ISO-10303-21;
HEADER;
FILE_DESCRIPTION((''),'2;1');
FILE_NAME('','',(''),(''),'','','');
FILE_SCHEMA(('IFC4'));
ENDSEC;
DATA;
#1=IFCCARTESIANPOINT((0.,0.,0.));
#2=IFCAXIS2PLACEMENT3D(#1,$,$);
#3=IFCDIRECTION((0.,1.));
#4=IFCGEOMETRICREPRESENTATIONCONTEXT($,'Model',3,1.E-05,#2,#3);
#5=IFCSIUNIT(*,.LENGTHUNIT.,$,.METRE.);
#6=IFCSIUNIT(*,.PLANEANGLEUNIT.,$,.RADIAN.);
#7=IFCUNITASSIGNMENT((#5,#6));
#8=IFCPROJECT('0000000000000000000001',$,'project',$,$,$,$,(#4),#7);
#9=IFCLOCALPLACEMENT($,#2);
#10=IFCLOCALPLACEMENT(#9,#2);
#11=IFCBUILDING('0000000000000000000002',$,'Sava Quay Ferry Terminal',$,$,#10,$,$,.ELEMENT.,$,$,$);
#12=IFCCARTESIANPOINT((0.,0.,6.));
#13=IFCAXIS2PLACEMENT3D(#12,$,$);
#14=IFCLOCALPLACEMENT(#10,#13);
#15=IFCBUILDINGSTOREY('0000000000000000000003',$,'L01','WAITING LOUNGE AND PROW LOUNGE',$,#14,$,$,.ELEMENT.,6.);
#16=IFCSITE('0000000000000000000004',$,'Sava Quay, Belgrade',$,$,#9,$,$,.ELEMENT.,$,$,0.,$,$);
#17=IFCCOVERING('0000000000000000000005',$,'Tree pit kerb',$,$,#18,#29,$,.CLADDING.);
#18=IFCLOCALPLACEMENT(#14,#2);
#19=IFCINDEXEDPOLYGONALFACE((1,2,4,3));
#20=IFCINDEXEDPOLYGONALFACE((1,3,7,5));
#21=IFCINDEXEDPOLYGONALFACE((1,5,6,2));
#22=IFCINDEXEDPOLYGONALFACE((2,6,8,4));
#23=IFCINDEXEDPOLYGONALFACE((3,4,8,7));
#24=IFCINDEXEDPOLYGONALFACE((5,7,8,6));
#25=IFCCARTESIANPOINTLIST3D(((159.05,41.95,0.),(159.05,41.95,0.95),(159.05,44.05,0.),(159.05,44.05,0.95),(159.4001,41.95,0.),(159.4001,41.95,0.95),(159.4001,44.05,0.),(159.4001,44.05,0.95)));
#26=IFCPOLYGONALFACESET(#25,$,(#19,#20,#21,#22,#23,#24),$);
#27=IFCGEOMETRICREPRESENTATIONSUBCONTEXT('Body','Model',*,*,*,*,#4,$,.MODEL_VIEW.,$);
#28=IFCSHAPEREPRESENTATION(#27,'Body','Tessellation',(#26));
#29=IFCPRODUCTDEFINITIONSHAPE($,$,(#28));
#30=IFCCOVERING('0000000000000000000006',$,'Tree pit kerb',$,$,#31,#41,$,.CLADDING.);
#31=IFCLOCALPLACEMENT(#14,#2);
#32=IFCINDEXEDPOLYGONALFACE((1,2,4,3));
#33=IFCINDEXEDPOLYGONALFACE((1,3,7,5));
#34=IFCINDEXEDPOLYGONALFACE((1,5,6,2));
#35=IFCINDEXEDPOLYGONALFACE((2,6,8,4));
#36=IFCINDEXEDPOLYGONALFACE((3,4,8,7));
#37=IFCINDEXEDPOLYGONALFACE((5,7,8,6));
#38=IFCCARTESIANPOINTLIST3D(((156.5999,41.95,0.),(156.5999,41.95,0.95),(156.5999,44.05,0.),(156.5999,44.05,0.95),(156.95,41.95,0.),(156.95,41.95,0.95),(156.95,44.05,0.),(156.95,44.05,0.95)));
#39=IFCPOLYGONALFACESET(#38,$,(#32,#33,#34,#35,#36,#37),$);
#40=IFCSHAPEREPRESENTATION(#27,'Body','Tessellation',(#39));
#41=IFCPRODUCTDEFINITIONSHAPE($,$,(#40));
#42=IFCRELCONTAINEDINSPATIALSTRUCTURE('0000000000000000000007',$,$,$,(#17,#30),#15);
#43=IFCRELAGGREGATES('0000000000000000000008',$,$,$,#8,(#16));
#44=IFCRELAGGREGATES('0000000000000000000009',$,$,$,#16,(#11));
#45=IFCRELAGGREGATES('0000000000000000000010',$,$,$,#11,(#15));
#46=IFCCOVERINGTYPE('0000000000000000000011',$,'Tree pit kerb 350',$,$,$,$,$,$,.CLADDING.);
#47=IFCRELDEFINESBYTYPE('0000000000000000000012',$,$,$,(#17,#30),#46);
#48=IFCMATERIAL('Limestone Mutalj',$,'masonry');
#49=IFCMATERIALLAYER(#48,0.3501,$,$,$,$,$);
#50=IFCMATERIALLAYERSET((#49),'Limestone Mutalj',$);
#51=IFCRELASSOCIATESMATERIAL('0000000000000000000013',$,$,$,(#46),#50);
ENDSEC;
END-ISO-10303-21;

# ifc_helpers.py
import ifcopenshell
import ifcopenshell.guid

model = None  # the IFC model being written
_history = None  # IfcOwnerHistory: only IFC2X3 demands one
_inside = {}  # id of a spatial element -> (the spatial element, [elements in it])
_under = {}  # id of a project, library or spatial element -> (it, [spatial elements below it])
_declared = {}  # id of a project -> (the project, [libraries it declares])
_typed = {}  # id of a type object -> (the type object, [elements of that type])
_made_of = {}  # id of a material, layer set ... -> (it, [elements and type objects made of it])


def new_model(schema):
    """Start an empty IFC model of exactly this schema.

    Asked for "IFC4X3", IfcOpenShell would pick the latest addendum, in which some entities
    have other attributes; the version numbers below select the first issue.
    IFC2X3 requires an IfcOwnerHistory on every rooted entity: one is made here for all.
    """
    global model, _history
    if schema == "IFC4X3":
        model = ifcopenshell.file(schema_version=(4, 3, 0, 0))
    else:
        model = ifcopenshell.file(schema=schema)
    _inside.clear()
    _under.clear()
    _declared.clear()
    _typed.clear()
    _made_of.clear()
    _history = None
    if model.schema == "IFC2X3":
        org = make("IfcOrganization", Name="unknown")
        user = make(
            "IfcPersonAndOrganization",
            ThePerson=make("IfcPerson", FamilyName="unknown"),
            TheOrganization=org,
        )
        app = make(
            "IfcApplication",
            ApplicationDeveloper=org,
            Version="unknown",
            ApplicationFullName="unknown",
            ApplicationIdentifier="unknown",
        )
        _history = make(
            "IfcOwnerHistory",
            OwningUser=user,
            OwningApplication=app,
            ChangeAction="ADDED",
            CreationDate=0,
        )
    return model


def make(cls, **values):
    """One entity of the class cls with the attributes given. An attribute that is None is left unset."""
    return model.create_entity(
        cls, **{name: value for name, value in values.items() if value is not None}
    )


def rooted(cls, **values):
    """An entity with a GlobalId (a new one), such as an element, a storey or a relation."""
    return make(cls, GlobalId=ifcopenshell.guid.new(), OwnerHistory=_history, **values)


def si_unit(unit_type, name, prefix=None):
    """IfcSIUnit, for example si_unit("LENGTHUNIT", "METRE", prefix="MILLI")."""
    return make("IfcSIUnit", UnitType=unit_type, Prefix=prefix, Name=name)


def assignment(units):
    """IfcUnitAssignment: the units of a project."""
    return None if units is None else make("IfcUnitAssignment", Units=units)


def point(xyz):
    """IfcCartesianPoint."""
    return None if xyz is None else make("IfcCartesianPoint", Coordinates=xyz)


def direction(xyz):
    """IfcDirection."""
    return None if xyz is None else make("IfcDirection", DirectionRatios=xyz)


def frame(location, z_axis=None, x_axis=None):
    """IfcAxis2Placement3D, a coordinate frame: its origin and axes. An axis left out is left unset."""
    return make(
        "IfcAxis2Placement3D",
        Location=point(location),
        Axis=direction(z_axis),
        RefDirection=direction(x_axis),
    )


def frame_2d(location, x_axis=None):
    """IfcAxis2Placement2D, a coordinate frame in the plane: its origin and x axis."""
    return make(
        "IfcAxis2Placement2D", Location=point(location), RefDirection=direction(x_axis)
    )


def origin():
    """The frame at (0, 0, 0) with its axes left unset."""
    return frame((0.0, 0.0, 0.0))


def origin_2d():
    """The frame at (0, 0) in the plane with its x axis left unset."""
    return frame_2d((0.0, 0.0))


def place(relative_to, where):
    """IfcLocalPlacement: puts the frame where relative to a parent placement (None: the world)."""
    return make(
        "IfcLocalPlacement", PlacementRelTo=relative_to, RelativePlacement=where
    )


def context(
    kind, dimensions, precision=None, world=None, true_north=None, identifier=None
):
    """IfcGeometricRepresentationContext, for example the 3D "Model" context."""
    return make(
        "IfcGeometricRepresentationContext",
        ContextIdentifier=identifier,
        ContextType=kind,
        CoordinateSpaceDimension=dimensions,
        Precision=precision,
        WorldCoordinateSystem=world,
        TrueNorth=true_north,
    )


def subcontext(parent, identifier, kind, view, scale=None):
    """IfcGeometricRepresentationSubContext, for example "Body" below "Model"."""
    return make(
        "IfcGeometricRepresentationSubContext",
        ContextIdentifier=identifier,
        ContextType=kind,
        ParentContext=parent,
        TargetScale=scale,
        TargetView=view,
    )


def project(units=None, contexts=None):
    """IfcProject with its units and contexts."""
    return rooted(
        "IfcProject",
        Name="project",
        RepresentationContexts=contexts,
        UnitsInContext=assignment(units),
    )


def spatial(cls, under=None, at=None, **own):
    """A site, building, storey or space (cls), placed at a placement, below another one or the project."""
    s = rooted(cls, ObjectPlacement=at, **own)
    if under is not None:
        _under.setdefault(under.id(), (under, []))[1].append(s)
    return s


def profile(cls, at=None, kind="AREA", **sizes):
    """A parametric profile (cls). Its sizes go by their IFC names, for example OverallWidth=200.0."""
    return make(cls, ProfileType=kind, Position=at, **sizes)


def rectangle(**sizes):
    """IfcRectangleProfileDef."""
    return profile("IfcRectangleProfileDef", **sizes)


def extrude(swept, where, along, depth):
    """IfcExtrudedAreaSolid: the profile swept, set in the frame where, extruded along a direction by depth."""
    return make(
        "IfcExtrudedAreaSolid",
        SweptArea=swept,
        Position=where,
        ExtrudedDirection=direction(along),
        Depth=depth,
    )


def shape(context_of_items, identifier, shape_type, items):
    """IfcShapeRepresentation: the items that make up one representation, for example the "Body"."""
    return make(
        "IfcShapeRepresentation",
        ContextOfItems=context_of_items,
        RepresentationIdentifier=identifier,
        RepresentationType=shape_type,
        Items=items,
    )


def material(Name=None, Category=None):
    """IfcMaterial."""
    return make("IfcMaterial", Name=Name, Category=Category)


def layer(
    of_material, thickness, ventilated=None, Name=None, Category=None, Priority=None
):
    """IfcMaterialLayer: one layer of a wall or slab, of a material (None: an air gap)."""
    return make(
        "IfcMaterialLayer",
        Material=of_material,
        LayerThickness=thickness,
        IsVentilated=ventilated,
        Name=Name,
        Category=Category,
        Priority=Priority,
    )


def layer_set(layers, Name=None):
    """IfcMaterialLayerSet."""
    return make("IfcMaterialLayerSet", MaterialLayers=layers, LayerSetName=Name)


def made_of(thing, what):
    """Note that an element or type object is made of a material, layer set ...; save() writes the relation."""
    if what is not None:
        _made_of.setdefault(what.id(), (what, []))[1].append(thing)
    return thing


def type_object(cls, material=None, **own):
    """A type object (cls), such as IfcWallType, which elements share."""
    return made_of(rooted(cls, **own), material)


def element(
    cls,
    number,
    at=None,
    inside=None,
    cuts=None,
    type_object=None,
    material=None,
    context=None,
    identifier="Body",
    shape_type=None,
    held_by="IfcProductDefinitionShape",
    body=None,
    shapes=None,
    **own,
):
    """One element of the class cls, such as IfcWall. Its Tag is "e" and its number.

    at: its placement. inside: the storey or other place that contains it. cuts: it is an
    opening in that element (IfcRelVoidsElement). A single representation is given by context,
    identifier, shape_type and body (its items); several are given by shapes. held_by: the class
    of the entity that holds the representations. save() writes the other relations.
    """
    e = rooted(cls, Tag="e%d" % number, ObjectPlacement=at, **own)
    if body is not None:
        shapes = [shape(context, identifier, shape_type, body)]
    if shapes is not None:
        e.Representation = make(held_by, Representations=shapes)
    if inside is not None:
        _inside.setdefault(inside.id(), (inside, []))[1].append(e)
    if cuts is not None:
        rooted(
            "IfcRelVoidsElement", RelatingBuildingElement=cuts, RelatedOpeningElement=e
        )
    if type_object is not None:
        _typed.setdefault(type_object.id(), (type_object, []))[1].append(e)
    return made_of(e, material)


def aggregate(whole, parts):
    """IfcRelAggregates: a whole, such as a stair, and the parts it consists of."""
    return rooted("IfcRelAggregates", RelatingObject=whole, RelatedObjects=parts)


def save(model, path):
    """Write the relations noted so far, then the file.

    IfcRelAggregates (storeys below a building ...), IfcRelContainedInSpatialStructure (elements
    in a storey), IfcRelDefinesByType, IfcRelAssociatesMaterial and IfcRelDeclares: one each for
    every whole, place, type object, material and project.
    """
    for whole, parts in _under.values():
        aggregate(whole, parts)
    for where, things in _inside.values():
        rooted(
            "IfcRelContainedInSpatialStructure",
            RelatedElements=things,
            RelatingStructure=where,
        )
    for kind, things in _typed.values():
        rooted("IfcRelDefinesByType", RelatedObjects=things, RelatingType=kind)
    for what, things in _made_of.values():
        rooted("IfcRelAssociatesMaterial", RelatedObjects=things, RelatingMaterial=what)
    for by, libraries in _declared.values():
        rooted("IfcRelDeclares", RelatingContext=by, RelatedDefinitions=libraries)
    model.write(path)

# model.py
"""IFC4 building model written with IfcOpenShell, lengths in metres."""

from ifc_helpers import new_model, si_unit, direction, frame, origin, origin_2d, place, context, subcontext, project, spatial, rectangle, extrude, material, layer, layer_set, type_object, element, save


model = new_model("IFC4")

# Units and contexts
model_context = context("Model", 3, precision=1e-05, world=origin(), true_north=direction((0.0, 1.0)))
body_context = subcontext(model_context, "Body", "Model", "MODEL_VIEW")
ifc_project = project(units=[si_unit("LENGTHUNIT", "METRE"), si_unit("PLANEANGLEUNIT", "RADIAN")], contexts=[model_context])

# Site, building, storey
site_placement = place(None, origin())
site = spatial("IfcSite", under=ifc_project, at=site_placement, Name="Sava Quay, Belgrade", CompositionType="ELEMENT", RefElevation=0.0)
building_placement = place(site_placement, origin())
building = spatial("IfcBuilding", under=site, at=building_placement, Name="Sava Quay Ferry Terminal", CompositionType="ELEMENT")
storey_placement = place(building_placement, frame((0.0, 0.0, 6.0)))
storey = spatial("IfcBuildingStorey", under=building, at=storey_placement, Name="L01", Description="WAITING LOUNGE AND PROW LOUNGE", CompositionType="ELEMENT", Elevation=6.0)

# Coverings
ifc_material_1 = material(Name="Limestone Mutalj", Category="masonry")
ifc_layer_1 = layer(ifc_material_1, 0.3501)
ifc_layer_set_1 = layer_set([ifc_layer_1], Name="Limestone Mutalj")
covering_type_1 = type_object("IfcCoveringType", Name="Tree pit kerb 350", PredefinedType="CLADDING", material=ifc_layer_set_1)
for number, where, z_axis, x_axis, name in (
    (1, (159.2251, 43.0, 0.0), (0.0, 0.0, 1.0), (1.0, 0.0, 0.0), "Tree pit kerb"),
    (2, (156.7749, 43.0, 0.0), (0.0, 0.0, 1.0), (1.0, 0.0, 0.0), "Tree pit kerb"),
):
    element("IfcCovering", number, at=place(storey_placement, frame(where, z_axis=z_axis, x_axis=x_axis)), inside=storey, type_object=covering_type_1, Name=name, PredefinedType="CLADDING", context=body_context, shape_type="SweptSolid", body=[
        extrude(rectangle(XDim=0.3501, YDim=2.1001, at=origin_2d()), origin(), (0.0, 0.0, 1.0), 0.95),
    ])

save(model, "model.ifc")
